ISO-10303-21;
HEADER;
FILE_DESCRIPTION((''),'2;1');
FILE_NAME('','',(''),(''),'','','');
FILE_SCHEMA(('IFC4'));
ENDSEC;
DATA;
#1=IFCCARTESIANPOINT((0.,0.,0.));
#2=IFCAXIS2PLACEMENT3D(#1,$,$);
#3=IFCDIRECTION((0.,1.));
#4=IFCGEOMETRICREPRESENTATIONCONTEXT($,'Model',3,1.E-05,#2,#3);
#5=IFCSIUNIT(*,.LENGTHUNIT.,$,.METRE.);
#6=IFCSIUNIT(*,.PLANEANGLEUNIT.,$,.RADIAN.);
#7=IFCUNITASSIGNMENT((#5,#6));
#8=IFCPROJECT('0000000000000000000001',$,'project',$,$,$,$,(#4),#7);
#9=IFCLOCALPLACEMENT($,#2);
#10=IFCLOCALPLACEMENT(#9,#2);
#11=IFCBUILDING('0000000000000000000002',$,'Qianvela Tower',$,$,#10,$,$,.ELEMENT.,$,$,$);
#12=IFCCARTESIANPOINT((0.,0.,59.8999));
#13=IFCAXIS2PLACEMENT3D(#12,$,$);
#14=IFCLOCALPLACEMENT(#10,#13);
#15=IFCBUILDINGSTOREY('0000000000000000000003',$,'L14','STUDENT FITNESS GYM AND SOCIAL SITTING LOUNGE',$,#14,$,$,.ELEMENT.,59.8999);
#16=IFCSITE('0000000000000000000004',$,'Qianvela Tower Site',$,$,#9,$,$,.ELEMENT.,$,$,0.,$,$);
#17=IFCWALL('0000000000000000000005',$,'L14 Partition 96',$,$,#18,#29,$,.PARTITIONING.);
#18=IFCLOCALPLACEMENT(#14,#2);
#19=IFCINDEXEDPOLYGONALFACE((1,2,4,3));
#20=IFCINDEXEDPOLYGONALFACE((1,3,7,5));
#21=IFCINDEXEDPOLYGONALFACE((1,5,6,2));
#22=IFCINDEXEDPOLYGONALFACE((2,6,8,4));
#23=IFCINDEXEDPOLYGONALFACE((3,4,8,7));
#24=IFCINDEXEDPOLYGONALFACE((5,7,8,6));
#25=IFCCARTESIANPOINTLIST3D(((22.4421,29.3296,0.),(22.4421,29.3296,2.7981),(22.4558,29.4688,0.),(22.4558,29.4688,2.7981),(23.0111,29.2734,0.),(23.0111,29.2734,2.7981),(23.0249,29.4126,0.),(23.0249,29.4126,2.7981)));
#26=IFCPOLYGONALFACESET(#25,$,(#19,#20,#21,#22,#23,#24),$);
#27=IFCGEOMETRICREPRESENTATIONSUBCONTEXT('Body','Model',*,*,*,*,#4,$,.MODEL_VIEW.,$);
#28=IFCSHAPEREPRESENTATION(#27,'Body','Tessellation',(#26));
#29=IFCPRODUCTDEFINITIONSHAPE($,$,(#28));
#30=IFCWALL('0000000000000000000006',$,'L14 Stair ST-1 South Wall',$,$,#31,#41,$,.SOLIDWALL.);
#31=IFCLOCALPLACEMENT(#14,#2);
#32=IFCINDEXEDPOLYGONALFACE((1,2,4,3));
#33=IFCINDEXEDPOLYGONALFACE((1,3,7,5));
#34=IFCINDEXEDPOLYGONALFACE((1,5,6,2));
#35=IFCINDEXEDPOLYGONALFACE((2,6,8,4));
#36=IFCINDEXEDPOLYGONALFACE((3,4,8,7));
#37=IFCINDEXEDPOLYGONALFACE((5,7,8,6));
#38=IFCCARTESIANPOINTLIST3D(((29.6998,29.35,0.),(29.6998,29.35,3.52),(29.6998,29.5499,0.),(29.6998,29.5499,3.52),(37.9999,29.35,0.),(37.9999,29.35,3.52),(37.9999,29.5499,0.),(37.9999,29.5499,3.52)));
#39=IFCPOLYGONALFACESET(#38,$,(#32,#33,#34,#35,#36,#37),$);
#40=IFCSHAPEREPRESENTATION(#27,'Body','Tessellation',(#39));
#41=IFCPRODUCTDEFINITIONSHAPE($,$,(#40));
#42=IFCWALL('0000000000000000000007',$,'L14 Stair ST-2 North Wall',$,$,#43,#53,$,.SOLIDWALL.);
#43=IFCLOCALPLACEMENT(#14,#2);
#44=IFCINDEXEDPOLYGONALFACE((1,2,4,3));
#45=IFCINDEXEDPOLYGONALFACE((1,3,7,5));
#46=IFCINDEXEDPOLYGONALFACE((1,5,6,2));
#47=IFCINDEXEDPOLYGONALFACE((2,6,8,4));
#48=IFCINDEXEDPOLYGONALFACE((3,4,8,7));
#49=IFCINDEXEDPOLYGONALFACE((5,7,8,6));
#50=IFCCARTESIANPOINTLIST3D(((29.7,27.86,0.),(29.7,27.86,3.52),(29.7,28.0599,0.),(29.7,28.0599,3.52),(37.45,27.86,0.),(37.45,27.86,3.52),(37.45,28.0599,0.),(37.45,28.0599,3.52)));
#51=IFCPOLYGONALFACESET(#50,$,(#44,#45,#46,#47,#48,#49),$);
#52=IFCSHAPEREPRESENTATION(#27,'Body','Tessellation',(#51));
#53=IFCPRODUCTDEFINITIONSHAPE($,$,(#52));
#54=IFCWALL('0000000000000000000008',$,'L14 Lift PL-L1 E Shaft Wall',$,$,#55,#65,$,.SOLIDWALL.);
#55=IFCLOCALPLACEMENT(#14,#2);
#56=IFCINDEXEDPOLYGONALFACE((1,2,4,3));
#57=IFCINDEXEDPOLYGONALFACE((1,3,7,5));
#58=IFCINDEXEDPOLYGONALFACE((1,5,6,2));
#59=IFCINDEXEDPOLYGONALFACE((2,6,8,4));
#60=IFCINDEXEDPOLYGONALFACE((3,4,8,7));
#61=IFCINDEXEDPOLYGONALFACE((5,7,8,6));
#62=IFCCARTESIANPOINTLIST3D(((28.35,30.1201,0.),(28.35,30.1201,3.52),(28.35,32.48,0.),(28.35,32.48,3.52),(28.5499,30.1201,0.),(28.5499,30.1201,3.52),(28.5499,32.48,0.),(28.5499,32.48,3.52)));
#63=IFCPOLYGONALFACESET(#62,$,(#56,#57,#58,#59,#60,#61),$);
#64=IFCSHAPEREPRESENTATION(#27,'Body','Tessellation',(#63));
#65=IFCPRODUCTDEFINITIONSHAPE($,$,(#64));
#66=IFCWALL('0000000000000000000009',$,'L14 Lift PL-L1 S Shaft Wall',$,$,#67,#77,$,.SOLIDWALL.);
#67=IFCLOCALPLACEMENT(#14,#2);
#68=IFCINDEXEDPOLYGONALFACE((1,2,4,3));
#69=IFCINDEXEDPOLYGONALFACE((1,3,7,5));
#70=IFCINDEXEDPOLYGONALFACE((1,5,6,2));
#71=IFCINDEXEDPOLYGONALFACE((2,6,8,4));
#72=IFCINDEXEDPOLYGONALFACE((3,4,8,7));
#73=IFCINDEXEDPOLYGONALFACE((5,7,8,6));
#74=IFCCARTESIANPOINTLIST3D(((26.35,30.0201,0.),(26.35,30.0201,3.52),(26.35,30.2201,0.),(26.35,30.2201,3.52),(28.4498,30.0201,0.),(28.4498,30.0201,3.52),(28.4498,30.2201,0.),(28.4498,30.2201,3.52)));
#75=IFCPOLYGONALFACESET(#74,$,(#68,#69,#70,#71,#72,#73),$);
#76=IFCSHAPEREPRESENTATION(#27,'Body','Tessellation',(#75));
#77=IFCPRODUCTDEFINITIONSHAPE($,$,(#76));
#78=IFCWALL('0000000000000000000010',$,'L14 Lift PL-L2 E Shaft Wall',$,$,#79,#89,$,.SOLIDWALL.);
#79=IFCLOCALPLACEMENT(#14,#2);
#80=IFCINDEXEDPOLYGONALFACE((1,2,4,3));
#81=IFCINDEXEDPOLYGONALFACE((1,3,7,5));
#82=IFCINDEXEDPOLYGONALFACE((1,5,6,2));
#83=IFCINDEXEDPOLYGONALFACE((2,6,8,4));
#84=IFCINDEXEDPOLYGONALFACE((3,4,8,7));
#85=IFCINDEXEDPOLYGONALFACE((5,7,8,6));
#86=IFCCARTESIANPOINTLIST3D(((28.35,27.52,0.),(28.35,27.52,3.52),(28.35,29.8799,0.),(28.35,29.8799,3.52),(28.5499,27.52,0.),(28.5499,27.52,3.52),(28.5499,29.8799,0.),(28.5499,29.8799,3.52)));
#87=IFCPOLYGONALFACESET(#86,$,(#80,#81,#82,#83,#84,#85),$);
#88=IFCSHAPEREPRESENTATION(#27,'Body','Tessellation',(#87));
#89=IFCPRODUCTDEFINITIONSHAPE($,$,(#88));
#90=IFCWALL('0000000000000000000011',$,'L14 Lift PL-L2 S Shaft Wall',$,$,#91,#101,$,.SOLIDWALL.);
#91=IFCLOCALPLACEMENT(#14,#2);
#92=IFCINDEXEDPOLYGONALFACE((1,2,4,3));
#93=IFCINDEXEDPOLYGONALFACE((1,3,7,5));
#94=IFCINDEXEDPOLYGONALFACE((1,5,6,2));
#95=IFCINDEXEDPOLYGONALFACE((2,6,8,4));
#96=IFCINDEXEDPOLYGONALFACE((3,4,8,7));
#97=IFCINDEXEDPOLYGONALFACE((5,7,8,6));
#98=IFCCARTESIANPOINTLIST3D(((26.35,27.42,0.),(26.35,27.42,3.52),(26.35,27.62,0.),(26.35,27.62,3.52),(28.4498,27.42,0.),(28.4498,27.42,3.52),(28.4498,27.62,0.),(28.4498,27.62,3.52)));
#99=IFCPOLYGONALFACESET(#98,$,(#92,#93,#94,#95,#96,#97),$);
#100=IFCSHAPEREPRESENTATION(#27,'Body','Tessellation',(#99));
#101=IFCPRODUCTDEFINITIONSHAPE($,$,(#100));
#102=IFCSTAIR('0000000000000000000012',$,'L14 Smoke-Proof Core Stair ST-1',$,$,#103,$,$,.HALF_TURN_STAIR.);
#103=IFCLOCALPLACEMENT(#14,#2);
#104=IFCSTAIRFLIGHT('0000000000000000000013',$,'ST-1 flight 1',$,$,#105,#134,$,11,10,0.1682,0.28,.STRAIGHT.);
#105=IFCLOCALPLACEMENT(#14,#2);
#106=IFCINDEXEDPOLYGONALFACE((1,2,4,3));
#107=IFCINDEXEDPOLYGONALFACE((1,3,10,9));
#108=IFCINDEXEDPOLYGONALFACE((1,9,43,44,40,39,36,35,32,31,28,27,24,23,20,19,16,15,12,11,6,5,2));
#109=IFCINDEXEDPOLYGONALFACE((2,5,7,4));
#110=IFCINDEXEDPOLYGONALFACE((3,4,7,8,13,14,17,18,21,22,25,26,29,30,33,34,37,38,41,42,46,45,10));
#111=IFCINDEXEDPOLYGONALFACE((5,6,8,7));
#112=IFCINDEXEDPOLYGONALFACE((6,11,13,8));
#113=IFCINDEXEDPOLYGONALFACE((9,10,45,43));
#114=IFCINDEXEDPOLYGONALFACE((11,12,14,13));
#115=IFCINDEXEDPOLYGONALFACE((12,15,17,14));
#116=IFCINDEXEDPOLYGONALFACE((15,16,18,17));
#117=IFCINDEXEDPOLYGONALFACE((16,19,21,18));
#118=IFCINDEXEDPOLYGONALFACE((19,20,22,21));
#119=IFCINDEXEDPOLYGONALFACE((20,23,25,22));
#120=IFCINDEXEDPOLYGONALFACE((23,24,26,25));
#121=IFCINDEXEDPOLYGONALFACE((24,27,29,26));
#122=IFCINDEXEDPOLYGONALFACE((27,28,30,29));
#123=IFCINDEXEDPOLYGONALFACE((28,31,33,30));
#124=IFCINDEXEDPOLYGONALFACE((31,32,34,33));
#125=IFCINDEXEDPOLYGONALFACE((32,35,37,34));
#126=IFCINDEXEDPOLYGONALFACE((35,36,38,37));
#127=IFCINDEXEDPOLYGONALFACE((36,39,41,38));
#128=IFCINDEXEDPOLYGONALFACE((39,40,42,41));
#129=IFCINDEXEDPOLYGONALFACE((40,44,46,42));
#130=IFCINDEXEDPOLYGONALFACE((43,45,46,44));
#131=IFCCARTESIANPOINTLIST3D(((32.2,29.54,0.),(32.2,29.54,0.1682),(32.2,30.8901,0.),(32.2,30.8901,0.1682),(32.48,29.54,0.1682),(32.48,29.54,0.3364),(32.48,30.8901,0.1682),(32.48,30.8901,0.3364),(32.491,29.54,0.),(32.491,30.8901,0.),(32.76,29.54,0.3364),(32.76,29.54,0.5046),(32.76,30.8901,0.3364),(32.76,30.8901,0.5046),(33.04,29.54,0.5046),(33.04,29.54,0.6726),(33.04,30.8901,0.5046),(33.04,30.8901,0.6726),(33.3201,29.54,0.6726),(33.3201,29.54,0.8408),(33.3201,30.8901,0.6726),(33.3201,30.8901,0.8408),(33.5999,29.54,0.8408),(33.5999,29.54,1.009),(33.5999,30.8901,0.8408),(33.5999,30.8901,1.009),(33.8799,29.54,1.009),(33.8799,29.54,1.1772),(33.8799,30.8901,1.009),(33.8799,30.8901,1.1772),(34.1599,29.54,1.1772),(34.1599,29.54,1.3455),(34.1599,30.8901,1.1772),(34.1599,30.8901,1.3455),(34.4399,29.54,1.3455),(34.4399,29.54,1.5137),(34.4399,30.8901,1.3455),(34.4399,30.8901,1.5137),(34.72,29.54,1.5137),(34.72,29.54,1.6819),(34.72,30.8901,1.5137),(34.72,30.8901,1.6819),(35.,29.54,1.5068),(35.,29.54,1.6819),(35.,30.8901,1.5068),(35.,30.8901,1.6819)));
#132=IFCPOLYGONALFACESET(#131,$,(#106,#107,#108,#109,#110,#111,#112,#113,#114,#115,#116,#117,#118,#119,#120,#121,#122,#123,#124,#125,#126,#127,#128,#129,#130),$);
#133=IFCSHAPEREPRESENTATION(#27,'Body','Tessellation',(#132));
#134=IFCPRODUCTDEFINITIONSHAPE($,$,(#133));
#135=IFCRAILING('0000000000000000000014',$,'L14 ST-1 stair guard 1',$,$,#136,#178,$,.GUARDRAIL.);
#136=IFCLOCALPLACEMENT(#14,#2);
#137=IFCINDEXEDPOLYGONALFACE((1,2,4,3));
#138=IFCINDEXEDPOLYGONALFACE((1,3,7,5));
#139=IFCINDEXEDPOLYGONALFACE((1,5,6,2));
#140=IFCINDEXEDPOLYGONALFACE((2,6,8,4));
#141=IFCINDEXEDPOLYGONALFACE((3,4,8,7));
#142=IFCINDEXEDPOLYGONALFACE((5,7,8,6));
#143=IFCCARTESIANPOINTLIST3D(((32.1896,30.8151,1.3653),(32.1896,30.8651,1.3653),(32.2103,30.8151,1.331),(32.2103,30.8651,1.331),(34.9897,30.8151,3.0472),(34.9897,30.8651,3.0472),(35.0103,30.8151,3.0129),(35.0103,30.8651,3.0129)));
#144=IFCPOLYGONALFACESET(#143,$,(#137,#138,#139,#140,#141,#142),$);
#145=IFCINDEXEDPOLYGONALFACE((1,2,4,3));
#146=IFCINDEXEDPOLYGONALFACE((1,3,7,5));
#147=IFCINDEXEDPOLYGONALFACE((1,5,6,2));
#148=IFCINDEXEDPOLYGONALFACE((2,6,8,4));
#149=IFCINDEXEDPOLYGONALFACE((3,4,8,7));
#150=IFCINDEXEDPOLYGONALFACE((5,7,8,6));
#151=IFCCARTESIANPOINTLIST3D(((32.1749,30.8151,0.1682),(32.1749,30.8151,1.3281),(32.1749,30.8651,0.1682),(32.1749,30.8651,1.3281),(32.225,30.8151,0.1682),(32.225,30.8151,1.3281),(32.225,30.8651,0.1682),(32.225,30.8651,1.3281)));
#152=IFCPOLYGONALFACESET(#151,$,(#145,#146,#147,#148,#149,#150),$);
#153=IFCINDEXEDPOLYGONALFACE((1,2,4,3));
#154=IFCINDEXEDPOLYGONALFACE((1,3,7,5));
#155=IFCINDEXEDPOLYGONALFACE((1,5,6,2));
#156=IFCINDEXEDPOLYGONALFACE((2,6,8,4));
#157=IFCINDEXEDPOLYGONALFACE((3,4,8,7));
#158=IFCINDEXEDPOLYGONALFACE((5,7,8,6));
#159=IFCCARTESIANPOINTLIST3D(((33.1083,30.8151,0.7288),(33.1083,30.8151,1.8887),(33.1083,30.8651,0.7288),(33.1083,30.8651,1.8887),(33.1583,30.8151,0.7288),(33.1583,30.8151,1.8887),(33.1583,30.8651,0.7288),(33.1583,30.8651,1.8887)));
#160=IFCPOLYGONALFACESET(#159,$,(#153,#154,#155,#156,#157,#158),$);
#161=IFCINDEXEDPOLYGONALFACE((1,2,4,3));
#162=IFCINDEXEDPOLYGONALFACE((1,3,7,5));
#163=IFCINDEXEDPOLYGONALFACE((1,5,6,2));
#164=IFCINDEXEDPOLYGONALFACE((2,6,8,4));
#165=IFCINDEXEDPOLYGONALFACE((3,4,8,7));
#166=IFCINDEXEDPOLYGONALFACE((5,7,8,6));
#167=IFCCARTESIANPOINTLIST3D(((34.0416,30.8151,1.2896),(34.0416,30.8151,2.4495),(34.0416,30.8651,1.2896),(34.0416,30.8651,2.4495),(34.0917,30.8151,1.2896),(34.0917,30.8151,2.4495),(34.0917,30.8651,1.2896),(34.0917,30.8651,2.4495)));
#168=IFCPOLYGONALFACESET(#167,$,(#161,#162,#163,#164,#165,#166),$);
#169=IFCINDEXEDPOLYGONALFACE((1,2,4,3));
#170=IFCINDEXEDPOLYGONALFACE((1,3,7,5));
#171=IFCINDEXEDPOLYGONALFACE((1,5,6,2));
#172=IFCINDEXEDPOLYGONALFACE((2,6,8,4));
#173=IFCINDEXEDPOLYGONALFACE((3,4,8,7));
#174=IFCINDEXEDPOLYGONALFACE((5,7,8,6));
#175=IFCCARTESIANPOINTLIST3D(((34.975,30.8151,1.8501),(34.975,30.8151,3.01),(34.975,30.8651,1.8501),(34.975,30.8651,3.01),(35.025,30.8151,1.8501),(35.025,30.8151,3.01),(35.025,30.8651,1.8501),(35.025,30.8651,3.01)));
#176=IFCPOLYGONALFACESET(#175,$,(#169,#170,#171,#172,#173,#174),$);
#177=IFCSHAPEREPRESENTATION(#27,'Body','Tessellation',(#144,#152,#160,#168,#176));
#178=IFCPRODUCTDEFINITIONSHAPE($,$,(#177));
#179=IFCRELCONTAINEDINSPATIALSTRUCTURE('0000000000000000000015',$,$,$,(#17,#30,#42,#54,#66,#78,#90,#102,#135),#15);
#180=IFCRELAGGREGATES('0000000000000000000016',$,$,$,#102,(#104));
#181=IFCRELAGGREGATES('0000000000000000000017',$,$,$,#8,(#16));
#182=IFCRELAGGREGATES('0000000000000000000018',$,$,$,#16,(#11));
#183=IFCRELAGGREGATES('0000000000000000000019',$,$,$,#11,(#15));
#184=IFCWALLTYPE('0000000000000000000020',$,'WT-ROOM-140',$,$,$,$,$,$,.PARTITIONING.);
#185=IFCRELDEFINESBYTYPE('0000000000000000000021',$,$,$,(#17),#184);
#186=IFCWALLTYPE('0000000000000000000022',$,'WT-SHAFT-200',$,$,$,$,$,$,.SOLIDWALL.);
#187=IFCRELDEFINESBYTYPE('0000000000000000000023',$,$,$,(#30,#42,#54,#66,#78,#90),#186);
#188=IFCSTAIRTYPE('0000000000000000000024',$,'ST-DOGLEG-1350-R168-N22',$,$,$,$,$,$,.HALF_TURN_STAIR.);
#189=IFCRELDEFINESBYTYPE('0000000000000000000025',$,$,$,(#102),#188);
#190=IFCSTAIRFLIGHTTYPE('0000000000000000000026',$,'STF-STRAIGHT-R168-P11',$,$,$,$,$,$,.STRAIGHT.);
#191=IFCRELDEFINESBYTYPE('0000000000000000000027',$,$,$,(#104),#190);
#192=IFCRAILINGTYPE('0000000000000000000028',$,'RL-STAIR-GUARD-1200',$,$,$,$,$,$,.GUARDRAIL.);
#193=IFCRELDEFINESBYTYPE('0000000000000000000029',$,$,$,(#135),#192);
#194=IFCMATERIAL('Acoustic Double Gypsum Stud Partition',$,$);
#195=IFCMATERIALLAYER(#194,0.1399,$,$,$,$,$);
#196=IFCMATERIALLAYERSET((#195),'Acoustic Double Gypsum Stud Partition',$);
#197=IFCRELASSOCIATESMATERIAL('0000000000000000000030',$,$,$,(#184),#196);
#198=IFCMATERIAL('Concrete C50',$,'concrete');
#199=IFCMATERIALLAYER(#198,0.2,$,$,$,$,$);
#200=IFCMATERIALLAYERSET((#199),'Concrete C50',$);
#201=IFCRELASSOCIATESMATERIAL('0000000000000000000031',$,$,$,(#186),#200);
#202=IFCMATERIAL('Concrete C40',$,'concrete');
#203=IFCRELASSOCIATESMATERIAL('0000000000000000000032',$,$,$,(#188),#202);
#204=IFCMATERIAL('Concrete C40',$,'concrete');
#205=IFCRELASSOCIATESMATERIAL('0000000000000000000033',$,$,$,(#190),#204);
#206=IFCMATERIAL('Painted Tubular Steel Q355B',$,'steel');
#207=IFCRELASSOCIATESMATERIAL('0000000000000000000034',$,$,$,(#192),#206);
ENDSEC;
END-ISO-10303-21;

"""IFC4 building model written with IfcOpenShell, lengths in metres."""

from ifc_helpers import new_model, si_unit, direction, frame, frame_2d, origin, origin_2d, place, context, subcontext, project, spatial, polyline, rectangle, outline, extrude, material, layer, layer_set, type_object, element, aggregate, save


model = new_model("IFC4")

# Units and contexts
model_context = context("Model", 3, precision=1e-05, world=origin(), true_north=direction((0.0, 1.0)))
body_context = subcontext(model_context, "Body", "Model", "MODEL_VIEW")
ifc_project = project(units=[si_unit("LENGTHUNIT", "METRE"), si_unit("PLANEANGLEUNIT", "RADIAN")], contexts=[model_context])

# Site, building, storey
site_placement = place(None, origin())
site = spatial("IfcSite", under=ifc_project, at=site_placement, Name="Qianvela Tower Site", CompositionType="ELEMENT", RefElevation=0.0)
building_placement = place(site_placement, origin())
building = spatial("IfcBuilding", under=site, at=building_placement, Name="Qianvela Tower", CompositionType="ELEMENT")
storey_placement = place(building_placement, frame((0.0, 0.0, 59.8999)))
storey = spatial("IfcBuildingStorey", under=building, at=storey_placement, Name="L14", Description="STUDENT FITNESS GYM AND SOCIAL SITTING LOUNGE", CompositionType="ELEMENT", Elevation=59.8999)

# Walls
ifc_material_1 = material(Name="Acoustic Double Gypsum Stud Partition")
ifc_layer_1 = layer(ifc_material_1, 0.1399)
ifc_layer_set_1 = layer_set([ifc_layer_1], Name="Acoustic Double Gypsum Stud Partition")
wall_type_1 = type_object("IfcWallType", Name="WT-ROOM-140", PredefinedType="PARTITIONING", material=ifc_layer_set_1)
wall_1_placement = place(storey_placement, frame((22.449, 29.3992, 0.0), z_axis=(0.0, 0.0, 1.0), x_axis=(0.995167, -0.098193, 0.0)))
element("IfcWall", 1, at=wall_1_placement, inside=storey, type_object=wall_type_1, Name="L14 Partition 96", PredefinedType="PARTITIONING", context=body_context, shape_type="SweptSolid", body=[
    extrude(rectangle(XDim=0.5718, YDim=0.1399, at=frame_2d((0.2859, 0.0))), origin(), (0.0, 0.0, 1.0), 2.7981),
])
ifc_material_2 = material(Name="Concrete C50", Category="concrete")
ifc_layer_2 = layer(ifc_material_2, 0.2)
ifc_layer_set_2 = layer_set([ifc_layer_2], Name="Concrete C50")
wall_type_2 = type_object("IfcWallType", Name="WT-SHAFT-200", PredefinedType="SOLIDWALL", material=ifc_layer_set_2)
wall_2_placement = place(storey_placement, frame((29.7, 29.45, 0.0), z_axis=(0.0, 0.0, 1.0), x_axis=(1.0, 0.0, 0.0)))
element("IfcWall", 2, at=wall_2_placement, inside=storey, type_object=wall_type_2, Name="L14 Stair ST-1 South Wall", PredefinedType="SOLIDWALL", context=body_context, shape_type="SweptSolid", body=[
    extrude(rectangle(XDim=8.3, YDim=0.2, at=frame_2d((4.1499, 0.0))), origin(), (0.0, 0.0, 1.0), 3.52),
])
wall_3_placement = place(storey_placement, frame((29.7, 27.96, 0.0), z_axis=(0.0, 0.0, 1.0), x_axis=(1.0, 0.0, 0.0)))
element("IfcWall", 3, at=wall_3_placement, inside=storey, type_object=wall_type_2, Name="L14 Stair ST-2 North Wall", PredefinedType="SOLIDWALL", context=body_context, shape_type="SweptSolid", body=[
    extrude(rectangle(XDim=7.75, YDim=0.2, at=frame_2d((3.875, 0.0))), origin(), (0.0, 0.0, 1.0), 3.52),
])
wall_4_placement = place(storey_placement, frame((28.45, 30.1201, 0.0), z_axis=(0.0, 0.0, 1.0), x_axis=(0.0, 1.0, 0.0)))
element("IfcWall", 4, at=wall_4_placement, inside=storey, type_object=wall_type_2, Name="L14 Lift PL-L1 E Shaft Wall", PredefinedType="SOLIDWALL", context=body_context, shape_type="SweptSolid", body=[
    extrude(rectangle(XDim=2.3599, YDim=0.2, at=frame_2d((1.1799, 0.0))), origin(), (0.0, 0.0, 1.0), 3.52),
])

# Walls
wall_5_placement = place(storey_placement, frame((26.3501, 30.1201, 0.0), z_axis=(0.0, 0.0, 1.0), x_axis=(1.0, 0.0, 0.0)))
element("IfcWall", 5, at=wall_5_placement, inside=storey, type_object=wall_type_2, Name="L14 Lift PL-L1 S Shaft Wall", PredefinedType="SOLIDWALL", context=body_context, shape_type="SweptSolid", body=[
    extrude(rectangle(XDim=2.0999, YDim=0.2, at=frame_2d((1.0498, 0.0))), origin(), (0.0, 0.0, 1.0), 3.52),
])
wall_6_placement = place(storey_placement, frame((28.45, 27.52, 0.0), z_axis=(0.0, 0.0, 1.0), x_axis=(0.0, 1.0, 0.0)))
element("IfcWall", 6, at=wall_6_placement, inside=storey, type_object=wall_type_2, Name="L14 Lift PL-L2 E Shaft Wall", PredefinedType="SOLIDWALL", context=body_context, shape_type="SweptSolid", body=[
    extrude(rectangle(XDim=2.3599, YDim=0.2, at=frame_2d((1.1799, 0.0))), origin(), (0.0, 0.0, 1.0), 3.52),
])

# Wall
wall_7_placement = place(storey_placement, frame((26.3501, 27.52, 0.0), z_axis=(0.0, 0.0, 1.0), x_axis=(1.0, 0.0, 0.0)))
element("IfcWall", 7, at=wall_7_placement, inside=storey, type_object=wall_type_2, Name="L14 Lift PL-L2 S Shaft Wall", PredefinedType="SOLIDWALL", context=body_context, shape_type="SweptSolid", body=[
    extrude(rectangle(XDim=2.0999, YDim=0.2, at=frame_2d((1.0498, 0.0))), origin(), (0.0, 0.0, 1.0), 3.52),
])

# Stair, stair flight
ifc_material_3 = material(Name="Concrete C40", Category="concrete")
stair_type = type_object("IfcStairType", Name="ST-DOGLEG-1350-R168-N22", PredefinedType="HALF_TURN_STAIR", material=ifc_material_3)
stair_placement = place(storey_placement, origin())
stair = element("IfcStair", 8, at=stair_placement, inside=storey, type_object=stair_type, Name="L14 Smoke-Proof Core Stair ST-1", PredefinedType="HALF_TURN_STAIR")
ifc_material_4 = material(Name="Concrete C40", Category="concrete")
stair_flight_type = type_object("IfcStairFlightType", Name="STF-STRAIGHT-R168-P11", PredefinedType="STRAIGHT", material=ifc_material_4)
stair_flight_placement = place(storey_placement, frame((32.2, 30.2151, 0.0), z_axis=(0.0, 0.0, 1.0), x_axis=(1.0, 0.0, 0.0)))
stair_flight = element("IfcStairFlight", 9, at=stair_flight_placement, type_object=stair_flight_type, Name="ST-1 flight 1", NumberOfRisers=11, NumberOfTreads=10, PredefinedType="STRAIGHT", RiserHeight=0.1682, TreadLength=0.28, context=body_context, shape_type="SweptSolid", body=[
    extrude(outline(polyline([(0.0, 0.0), (0.0, 0.1682), (0.28, 0.1682), (0.28, 0.3364), (0.5601, 0.3364), (0.5601, 0.5046), (0.8401, 0.5046), (0.8401, 0.6726), (1.1201, 0.6726), (1.1201, 0.8408), (1.3999, 0.8408), (1.3999, 1.009), (1.6799, 1.009), (1.6799, 1.1772), (1.96, 1.1772), (1.96, 1.3455), (2.24, 1.3455), (2.24, 1.5137), (2.52, 1.5137), (2.52, 1.6819), (2.8, 1.6819), (2.8, 1.8501), (2.8, 1.5068), (0.291, 0.0), (0.0, 0.0)])), frame((0.0, 0.675, 0.0), z_axis=(0.0, -1.0, 0.0), x_axis=(1.0, 0.0, 0.0)), (0.0, 0.0, 1.0), 1.3501),
])
aggregate(stair, [stair_flight])

# Railing
ifc_material_5 = material(Name="Painted Tubular Steel Q355B", Category="steel")
railing_type_1 = type_object("IfcRailingType", Name="RL-STAIR-GUARD-1200", PredefinedType="GUARDRAIL", material=ifc_material_5)
railing_1_placement = place(storey_placement, frame((32.2, 30.8401, 0.1682)))
element("IfcRailing", 10, at=railing_1_placement, inside=storey, type_object=railing_type_1, Name="L14 ST-1 stair guard 1", PredefinedType="GUARDRAIL", context=body_context, shape_type="SweptSolid", body=[
    extrude(rectangle(XDim=0.05, YDim=0.04, at=origin_2d()), frame((0.0, 0.0, 1.1799), z_axis=(0.857242, 0.0, 0.514913), x_axis=(0.0, 1.0, 0.0)), (0.0, 0.0, 1.0), 3.2664),
    extrude(rectangle(XDim=0.05, YDim=0.05, at=origin_2d()), origin(), (0.0, 0.0, 1.0), 1.1599),
    extrude(rectangle(XDim=0.05, YDim=0.05, at=origin_2d()), frame((0.9333, 0.0, 0.5605)), (0.0, 0.0, 1.0), 1.1599),
    extrude(rectangle(XDim=0.05, YDim=0.05, at=origin_2d()), frame((1.8667, 0.0, 1.1213)), (0.0, 0.0, 1.0), 1.1599),
    extrude(rectangle(XDim=0.05, YDim=0.05, at=origin_2d()), frame((2.8, 0.0, 1.6819)), (0.0, 0.0, 1.0), 1.1599),
])

save(model, "model.ifc")
